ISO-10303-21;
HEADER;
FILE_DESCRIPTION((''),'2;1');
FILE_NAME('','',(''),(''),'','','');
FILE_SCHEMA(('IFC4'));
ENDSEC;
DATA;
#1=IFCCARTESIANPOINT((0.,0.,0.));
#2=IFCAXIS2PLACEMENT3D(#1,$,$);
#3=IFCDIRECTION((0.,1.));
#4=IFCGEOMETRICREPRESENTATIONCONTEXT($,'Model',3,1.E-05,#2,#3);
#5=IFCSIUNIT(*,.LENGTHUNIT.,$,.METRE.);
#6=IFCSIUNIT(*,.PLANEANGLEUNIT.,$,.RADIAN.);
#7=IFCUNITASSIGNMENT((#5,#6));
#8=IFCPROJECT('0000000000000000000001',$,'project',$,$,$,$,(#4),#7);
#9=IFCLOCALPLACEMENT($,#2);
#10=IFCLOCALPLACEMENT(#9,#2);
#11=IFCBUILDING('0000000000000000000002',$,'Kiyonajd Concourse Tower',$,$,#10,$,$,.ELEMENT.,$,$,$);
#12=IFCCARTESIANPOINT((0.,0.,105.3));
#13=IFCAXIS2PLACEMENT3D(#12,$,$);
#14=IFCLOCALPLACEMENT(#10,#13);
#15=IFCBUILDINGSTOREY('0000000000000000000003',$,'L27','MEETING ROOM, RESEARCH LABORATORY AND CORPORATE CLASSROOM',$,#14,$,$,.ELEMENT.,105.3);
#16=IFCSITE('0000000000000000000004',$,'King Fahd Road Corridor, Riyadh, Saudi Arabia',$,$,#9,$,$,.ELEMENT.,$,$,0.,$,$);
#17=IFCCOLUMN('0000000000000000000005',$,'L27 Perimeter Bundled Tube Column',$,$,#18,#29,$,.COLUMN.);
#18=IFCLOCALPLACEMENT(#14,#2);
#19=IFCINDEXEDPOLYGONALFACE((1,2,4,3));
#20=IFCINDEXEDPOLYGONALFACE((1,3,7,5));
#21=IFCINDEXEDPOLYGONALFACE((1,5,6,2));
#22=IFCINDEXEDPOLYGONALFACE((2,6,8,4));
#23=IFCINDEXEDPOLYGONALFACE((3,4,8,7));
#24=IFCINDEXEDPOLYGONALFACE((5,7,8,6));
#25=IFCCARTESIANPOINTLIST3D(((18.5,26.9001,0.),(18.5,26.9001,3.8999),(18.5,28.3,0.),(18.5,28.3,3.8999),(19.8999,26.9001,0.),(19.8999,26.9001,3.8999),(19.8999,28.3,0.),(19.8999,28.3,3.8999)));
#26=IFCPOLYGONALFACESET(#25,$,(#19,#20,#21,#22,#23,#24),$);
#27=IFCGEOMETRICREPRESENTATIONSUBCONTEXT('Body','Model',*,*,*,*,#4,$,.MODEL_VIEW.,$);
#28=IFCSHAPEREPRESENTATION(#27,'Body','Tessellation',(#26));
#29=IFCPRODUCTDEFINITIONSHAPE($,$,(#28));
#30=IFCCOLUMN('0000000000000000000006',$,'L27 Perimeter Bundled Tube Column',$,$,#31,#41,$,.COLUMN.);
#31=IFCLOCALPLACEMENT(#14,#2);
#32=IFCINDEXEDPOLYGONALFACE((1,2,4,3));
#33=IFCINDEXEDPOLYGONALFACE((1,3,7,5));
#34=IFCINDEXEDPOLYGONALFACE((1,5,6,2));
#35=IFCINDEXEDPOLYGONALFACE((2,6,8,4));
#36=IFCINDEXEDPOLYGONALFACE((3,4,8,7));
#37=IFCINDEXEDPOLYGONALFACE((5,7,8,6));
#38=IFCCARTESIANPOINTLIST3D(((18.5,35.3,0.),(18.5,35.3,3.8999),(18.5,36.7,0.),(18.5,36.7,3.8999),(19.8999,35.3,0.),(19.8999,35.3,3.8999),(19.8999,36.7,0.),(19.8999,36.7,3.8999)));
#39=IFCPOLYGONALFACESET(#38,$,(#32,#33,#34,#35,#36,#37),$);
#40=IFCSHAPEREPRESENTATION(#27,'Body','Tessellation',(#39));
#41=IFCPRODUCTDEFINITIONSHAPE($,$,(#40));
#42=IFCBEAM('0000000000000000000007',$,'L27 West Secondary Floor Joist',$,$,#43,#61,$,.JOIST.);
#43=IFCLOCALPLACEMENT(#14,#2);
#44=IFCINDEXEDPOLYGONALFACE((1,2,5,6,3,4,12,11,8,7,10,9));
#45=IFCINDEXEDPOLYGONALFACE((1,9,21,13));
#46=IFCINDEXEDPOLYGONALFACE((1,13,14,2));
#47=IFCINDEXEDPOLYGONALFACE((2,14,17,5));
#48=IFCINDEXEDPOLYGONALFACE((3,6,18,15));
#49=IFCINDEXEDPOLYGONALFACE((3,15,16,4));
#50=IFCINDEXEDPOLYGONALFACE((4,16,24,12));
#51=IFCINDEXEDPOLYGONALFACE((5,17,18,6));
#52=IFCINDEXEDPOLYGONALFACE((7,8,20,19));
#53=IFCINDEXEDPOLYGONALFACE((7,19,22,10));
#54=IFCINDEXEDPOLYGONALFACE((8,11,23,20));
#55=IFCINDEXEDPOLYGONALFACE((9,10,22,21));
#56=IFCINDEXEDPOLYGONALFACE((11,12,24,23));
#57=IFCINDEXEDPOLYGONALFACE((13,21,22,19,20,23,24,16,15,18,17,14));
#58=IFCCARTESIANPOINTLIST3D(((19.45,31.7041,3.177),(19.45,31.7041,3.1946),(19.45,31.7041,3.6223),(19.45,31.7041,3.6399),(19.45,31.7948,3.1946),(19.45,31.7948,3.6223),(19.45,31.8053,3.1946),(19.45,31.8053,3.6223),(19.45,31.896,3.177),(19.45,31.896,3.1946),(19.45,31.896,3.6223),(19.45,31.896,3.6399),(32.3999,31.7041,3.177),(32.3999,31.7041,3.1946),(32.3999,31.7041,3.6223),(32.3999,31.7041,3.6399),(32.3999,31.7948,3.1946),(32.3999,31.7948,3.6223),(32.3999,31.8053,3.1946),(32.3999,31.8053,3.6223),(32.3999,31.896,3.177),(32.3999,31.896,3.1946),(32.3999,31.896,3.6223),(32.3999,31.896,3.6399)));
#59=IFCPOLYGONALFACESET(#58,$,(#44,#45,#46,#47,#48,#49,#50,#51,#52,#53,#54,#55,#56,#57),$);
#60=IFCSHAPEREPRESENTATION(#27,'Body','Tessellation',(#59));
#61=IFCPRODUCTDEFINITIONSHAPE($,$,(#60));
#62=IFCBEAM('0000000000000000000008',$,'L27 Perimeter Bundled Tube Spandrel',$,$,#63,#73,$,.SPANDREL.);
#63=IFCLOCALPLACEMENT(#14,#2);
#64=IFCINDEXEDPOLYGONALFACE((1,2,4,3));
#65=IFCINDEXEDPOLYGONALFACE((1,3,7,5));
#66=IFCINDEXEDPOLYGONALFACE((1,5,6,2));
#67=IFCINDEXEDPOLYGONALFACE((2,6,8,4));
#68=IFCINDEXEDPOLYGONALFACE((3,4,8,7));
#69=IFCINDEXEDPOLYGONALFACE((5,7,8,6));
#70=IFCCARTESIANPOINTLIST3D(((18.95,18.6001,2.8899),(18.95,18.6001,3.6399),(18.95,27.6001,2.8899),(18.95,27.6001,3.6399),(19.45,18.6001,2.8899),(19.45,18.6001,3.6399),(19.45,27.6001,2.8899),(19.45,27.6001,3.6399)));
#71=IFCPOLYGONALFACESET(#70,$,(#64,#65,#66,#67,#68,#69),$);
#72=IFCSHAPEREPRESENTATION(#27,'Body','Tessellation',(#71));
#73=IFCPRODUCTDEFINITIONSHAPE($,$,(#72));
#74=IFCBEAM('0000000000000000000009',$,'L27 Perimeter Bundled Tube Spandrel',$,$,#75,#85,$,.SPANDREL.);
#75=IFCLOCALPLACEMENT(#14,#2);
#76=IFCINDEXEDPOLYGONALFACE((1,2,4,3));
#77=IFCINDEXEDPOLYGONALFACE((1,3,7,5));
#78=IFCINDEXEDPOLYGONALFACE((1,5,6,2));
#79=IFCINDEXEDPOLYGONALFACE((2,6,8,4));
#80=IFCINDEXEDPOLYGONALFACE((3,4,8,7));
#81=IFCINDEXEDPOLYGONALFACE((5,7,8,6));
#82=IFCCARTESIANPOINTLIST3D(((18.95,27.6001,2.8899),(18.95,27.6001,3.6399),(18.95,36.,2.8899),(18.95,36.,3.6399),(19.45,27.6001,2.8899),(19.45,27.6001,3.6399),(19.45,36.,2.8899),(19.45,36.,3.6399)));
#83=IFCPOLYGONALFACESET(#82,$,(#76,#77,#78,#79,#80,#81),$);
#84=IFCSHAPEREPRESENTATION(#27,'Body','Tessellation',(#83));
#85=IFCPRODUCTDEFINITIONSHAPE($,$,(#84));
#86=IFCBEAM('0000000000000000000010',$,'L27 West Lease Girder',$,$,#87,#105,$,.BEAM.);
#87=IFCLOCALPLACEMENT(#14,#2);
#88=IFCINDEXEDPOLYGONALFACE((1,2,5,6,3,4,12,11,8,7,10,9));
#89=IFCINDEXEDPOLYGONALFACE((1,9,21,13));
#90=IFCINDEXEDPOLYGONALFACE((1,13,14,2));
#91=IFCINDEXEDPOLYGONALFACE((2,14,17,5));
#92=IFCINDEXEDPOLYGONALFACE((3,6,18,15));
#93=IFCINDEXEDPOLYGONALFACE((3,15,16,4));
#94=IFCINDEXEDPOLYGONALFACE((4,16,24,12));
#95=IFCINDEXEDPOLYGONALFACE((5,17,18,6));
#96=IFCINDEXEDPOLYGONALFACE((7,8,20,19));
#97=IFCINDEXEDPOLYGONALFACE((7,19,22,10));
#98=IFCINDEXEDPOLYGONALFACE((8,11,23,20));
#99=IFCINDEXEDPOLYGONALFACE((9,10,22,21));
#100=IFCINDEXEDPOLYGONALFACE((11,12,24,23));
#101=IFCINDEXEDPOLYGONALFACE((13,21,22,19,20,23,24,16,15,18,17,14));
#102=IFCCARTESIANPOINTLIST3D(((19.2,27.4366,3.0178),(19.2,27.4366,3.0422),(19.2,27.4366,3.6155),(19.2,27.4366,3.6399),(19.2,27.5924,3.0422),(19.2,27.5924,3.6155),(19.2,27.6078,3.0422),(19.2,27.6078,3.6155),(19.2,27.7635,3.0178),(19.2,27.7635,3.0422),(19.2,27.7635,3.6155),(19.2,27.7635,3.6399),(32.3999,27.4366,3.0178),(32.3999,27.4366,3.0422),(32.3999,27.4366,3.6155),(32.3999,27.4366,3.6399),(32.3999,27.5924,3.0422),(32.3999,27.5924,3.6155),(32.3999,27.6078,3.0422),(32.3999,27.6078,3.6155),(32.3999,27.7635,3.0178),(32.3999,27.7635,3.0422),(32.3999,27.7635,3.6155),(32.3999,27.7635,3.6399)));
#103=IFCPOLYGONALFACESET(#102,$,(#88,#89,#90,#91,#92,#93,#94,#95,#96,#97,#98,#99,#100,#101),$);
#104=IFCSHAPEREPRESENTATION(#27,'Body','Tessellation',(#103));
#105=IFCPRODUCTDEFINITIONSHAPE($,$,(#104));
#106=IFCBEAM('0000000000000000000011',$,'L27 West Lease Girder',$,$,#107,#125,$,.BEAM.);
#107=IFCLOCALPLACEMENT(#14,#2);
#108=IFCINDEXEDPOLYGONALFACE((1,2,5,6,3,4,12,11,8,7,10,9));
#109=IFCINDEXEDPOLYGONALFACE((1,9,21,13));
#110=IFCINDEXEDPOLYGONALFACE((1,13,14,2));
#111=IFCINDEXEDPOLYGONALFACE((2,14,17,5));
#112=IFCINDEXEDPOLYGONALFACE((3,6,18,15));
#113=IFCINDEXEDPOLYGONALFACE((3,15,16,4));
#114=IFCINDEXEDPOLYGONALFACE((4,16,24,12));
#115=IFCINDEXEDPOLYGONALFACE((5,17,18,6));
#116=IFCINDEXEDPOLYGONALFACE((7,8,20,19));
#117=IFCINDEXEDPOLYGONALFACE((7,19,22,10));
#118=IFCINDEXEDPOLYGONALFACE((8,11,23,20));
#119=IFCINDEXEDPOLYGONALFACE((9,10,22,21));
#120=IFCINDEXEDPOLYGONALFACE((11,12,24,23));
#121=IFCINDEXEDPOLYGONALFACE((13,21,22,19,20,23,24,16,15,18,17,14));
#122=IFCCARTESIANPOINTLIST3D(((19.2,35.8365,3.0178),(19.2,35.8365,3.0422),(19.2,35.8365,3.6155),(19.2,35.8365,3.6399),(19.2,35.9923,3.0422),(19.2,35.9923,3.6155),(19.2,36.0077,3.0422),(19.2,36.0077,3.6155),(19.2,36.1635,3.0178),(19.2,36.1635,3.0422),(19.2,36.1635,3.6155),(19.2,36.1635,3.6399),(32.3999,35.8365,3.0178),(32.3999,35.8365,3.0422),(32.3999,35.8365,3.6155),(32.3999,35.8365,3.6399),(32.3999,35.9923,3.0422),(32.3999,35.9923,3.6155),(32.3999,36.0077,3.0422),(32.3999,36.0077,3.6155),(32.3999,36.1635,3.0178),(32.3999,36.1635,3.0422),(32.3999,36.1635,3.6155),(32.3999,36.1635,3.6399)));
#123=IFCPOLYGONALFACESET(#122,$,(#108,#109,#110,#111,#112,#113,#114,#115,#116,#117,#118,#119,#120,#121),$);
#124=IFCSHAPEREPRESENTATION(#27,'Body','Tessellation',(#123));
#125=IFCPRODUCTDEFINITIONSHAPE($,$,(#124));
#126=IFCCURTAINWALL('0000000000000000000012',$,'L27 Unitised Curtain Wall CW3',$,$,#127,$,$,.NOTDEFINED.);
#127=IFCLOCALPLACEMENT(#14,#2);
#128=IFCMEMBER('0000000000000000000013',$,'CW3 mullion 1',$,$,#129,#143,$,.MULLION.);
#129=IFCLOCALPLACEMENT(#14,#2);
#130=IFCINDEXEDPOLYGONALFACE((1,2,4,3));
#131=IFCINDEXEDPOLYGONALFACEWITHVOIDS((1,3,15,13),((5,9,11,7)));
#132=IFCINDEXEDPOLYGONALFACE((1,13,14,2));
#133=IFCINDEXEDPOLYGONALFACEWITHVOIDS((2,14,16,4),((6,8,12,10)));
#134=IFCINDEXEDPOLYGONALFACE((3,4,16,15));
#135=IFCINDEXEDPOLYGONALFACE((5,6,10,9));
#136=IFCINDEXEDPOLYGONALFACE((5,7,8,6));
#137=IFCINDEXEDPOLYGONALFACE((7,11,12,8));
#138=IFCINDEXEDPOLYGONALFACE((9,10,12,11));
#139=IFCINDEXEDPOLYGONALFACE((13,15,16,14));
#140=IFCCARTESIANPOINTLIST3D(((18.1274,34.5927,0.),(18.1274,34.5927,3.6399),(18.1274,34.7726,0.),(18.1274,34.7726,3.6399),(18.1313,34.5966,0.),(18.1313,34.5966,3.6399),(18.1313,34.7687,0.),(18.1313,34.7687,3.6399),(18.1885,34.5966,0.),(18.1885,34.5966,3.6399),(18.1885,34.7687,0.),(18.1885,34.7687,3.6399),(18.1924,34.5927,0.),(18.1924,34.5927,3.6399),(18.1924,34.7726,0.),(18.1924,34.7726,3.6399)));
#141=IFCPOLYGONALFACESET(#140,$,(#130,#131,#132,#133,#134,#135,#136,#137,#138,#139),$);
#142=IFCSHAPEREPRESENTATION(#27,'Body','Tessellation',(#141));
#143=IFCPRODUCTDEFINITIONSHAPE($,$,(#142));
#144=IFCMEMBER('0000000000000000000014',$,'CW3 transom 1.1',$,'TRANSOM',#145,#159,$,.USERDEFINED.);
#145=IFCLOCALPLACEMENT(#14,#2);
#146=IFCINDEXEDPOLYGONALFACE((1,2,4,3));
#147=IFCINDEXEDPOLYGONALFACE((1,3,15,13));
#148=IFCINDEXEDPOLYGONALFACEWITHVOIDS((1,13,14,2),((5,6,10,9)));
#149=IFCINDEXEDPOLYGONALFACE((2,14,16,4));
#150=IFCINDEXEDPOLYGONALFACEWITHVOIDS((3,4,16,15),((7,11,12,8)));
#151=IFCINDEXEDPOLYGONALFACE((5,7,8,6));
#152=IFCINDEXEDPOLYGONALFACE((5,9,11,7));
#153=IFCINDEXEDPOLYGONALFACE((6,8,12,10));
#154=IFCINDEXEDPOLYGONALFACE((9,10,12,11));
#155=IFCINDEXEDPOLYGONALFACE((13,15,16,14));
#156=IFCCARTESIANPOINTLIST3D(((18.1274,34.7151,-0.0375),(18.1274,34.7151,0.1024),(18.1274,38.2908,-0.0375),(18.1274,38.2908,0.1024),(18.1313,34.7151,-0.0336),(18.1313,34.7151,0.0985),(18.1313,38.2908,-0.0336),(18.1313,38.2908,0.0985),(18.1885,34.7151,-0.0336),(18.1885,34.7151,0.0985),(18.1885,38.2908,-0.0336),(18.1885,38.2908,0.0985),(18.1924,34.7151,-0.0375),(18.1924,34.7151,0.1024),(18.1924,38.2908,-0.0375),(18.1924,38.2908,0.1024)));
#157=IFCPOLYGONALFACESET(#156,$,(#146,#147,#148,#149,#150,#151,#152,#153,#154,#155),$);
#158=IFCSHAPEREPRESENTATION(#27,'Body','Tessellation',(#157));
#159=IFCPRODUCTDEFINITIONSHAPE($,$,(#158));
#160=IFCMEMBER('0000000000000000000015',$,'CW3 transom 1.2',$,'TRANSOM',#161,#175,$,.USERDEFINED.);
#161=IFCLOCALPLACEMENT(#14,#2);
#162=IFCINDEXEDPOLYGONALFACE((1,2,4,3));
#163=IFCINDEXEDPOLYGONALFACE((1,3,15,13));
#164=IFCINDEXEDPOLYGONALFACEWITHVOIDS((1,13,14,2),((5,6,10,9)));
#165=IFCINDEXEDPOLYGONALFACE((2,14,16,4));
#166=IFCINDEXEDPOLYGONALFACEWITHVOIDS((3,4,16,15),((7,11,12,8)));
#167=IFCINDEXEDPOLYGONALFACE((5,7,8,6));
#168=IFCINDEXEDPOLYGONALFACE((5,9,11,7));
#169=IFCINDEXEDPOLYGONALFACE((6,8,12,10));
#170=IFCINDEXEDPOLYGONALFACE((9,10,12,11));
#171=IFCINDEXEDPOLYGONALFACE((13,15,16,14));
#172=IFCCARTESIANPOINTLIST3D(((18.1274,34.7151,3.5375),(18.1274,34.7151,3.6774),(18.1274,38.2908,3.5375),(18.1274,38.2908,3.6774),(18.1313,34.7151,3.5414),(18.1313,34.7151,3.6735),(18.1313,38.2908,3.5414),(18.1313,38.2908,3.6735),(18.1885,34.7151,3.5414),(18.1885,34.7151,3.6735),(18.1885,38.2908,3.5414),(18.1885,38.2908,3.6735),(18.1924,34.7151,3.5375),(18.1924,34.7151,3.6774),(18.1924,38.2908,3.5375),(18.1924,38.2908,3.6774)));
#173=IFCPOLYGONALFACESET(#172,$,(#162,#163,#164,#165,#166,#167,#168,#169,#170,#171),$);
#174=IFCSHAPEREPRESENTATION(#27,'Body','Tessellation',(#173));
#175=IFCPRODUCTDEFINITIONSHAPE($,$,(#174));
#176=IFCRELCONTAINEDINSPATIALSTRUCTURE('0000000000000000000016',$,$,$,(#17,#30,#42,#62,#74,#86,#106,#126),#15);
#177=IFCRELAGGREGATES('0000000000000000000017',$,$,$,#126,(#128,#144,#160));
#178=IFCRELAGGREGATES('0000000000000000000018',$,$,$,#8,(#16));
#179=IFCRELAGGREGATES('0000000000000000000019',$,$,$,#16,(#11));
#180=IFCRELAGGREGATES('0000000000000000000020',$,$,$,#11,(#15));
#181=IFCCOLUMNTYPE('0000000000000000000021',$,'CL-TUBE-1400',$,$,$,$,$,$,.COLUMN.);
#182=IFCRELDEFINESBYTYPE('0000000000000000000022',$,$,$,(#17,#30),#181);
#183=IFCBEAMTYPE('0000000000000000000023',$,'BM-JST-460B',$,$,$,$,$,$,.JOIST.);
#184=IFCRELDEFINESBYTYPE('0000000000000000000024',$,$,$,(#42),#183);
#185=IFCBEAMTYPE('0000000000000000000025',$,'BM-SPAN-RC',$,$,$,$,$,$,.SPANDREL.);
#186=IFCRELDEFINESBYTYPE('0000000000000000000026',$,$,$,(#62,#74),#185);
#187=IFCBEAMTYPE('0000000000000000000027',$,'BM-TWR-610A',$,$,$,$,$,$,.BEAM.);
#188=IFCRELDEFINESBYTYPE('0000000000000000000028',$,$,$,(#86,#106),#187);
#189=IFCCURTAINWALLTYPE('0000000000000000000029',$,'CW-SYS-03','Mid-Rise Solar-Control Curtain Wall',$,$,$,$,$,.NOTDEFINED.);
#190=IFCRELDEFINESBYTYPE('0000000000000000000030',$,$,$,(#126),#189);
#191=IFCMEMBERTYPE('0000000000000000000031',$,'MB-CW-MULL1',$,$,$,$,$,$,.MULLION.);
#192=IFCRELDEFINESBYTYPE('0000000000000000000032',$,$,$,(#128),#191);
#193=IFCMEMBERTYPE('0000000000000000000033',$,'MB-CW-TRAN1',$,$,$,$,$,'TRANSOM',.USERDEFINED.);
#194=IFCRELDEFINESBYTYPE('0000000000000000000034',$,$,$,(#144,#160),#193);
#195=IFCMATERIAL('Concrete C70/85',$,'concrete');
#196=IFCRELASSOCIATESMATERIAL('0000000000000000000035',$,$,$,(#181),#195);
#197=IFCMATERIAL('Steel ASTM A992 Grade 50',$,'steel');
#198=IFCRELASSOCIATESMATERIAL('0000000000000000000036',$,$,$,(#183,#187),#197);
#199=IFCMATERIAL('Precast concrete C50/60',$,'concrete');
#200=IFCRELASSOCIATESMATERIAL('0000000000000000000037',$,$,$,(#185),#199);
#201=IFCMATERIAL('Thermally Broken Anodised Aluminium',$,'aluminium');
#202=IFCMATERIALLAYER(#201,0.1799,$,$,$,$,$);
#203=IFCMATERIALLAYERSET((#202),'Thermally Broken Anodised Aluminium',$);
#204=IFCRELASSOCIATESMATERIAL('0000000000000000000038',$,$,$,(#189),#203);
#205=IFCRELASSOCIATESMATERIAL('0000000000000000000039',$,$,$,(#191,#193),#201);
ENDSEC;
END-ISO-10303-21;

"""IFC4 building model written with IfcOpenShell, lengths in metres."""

from ifc_helpers import new_model, si_unit, direction, frame, origin, origin_2d, place, context, subcontext, project, spatial, rectangle, hollow_rectangle, i_section, extrude, material, layer, layer_set, material_profile, profile_set, type_object, element, aggregate, save


model = new_model("IFC4")

# Units and contexts
model_context = context("Model", 3, precision=1e-05, world=origin(), true_north=direction((0.0, 1.0)))
body_context = subcontext(model_context, "Body", "Model", "MODEL_VIEW")
ifc_project = project(units=[si_unit("LENGTHUNIT", "METRE"), si_unit("PLANEANGLEUNIT", "RADIAN")], contexts=[model_context])

# Site, building, storey
site_placement = place(None, origin())
site = spatial("IfcSite", under=ifc_project, at=site_placement, Name="King Fahd Road Corridor, Riyadh, Saudi Arabia", CompositionType="ELEMENT", RefElevation=0.0)
building_placement = place(site_placement, origin())
building = spatial("IfcBuilding", under=site, at=building_placement, Name="Kiyonajd Concourse Tower", CompositionType="ELEMENT")
storey_placement = place(building_placement, frame((0.0, 0.0, 105.3)))
storey = spatial("IfcBuildingStorey", under=building, at=storey_placement, Name="L27", Description="MEETING ROOM, RESEARCH LABORATORY AND CORPORATE CLASSROOM", CompositionType="ELEMENT", Elevation=105.3)

# Columns
ifc_material_1 = material(Name="Concrete C70/85", Category="concrete")
ifc_material_profile_1 = material_profile(ifc_material_1, rectangle(XDim=1.3999, YDim=1.3999, at=origin_2d()), Name="RC-1400x1400")
ifc_profile_set_1 = profile_set([ifc_material_profile_1], Name="Concrete C70/85")
column_type = type_object("IfcColumnType", Name="CL-TUBE-1400", PredefinedType="COLUMN", material=ifc_profile_set_1)
for number, where, z_axis, x_axis, name in (
    (1, (19.2, 27.6001, 0.0), (0.0, 0.0, 1.0), (1.0, 0.0, 0.0), "L27 Perimeter Bundled Tube Column"),
    (2, (19.2, 36.0, 0.0), (0.0, 0.0, 1.0), (1.0, 0.0, 0.0), "L27 Perimeter Bundled Tube Column"),
):
    element("IfcColumn", number, at=place(storey_placement, frame(where, z_axis=z_axis, x_axis=x_axis)), inside=storey, type_object=column_type, Name=name, PredefinedType="COLUMN", context=body_context, shape_type="SweptSolid", body=[
        extrude(rectangle(XDim=1.3999, YDim=1.3999, at=origin_2d()), origin(), (0.0, 0.0, 1.0), 3.8999),
    ])

# Beams
ifc_material_2 = material(Name="Steel ASTM A992 Grade 50", Category="steel")
ifc_material_profile_2 = material_profile(ifc_material_2, i_section(OverallWidth=0.1919, OverallDepth=0.4629, WebThickness=0.0105, FlangeThickness=0.0176, at=origin_2d()), Name="W460X89")
ifc_profile_set_2 = profile_set([ifc_material_profile_2], Name="Steel ASTM A992 Grade 50")
beam_type_1 = type_object("IfcBeamType", Name="BM-JST-460B", PredefinedType="JOIST", material=ifc_profile_set_2)
beam_1_placement = place(storey_placement, frame((19.45, 31.8, 3.4084), z_axis=(1.0, 0.0, 0.0), x_axis=(0.0, 1.0, 0.0)))
element("IfcBeam", 3, at=beam_1_placement, inside=storey, type_object=beam_type_1, Name="L27 West Secondary Floor Joist", PredefinedType="JOIST", context=body_context, shape_type="SweptSolid", body=[
    extrude(i_section(OverallWidth=0.1919, OverallDepth=0.4629, WebThickness=0.0105, FlangeThickness=0.0176, at=origin_2d()), origin(), (0.0, 0.0, 1.0), 12.95),
])
ifc_material_3 = material(Name="Precast concrete C50/60", Category="concrete")
ifc_material_profile_3 = material_profile(ifc_material_3, rectangle(XDim=0.5, YDim=0.75, at=origin_2d()), Name="RCBM-500x750")
ifc_profile_set_3 = profile_set([ifc_material_profile_3], Name="Precast concrete C50/60")
beam_type_2 = type_object("IfcBeamType", Name="BM-SPAN-RC", PredefinedType="SPANDREL", material=ifc_profile_set_3)
beam_2_placement = place(storey_placement, frame((19.2, 27.6001, 3.2649), z_axis=(0.0, -1.0, 0.0), x_axis=(1.0, 0.0, 0.0)))
element("IfcBeam", 4, at=beam_2_placement, inside=storey, type_object=beam_type_2, Name="L27 Perimeter Bundled Tube Spandrel", PredefinedType="SPANDREL", context=body_context, shape_type="SweptSolid", body=[
    extrude(rectangle(XDim=0.5, YDim=0.75, at=origin_2d()), origin(), (0.0, 0.0, 1.0), 9.0),
])
beam_3_placement = place(storey_placement, frame((19.2, 36.0, 3.2649), z_axis=(0.0, -1.0, 0.0), x_axis=(1.0, 0.0, 0.0)))
element("IfcBeam", 5, at=beam_3_placement, inside=storey, type_object=beam_type_2, Name="L27 Perimeter Bundled Tube Spandrel", PredefinedType="SPANDREL", context=body_context, shape_type="SweptSolid", body=[
    extrude(rectangle(XDim=0.5, YDim=0.75, at=origin_2d()), origin(), (0.0, 0.0, 1.0), 8.3999),
])
ifc_material_profile_4 = material_profile(ifc_material_2, i_section(OverallWidth=0.3269, OverallDepth=0.6221, WebThickness=0.0154, FlangeThickness=0.0244, at=origin_2d()), Name="W610X195")
ifc_profile_set_4 = profile_set([ifc_material_profile_4], Name="Steel ASTM A992 Grade 50")
beam_type_3 = type_object("IfcBeamType", Name="BM-TWR-610A", PredefinedType="BEAM", material=ifc_profile_set_4)
for number, where, z_axis, x_axis, name in (
    (6, (19.2, 27.6001, 3.3289), (1.0, 0.0, 0.0), (0.0, 1.0, 0.0), "L27 West Lease Girder"),
    (7, (19.2, 36.0, 3.3289), (1.0, 0.0, 0.0), (0.0, 1.0, 0.0), "L27 West Lease Girder"),
):
    element("IfcBeam", number, at=place(storey_placement, frame(where, z_axis=z_axis, x_axis=x_axis)), inside=storey, type_object=beam_type_3, Name=name, PredefinedType="BEAM", context=body_context, shape_type="SweptSolid", body=[
        extrude(i_section(OverallWidth=0.3269, OverallDepth=0.6221, WebThickness=0.0154, FlangeThickness=0.0244, at=origin_2d()), origin(), (0.0, 0.0, 1.0), 13.2),
    ])

# Curtain wall, members
ifc_material_4 = material(Name="Thermally Broken Anodised Aluminium", Category="aluminium")
ifc_layer_1 = layer(ifc_material_4, 0.1799)
ifc_layer_set_1 = layer_set([ifc_layer_1], Name="Thermally Broken Anodised Aluminium")
curtain_wall_type = type_object("IfcCurtainWallType", Name="CW-SYS-03", Description="Mid-Rise Solar-Control Curtain Wall", PredefinedType="NOTDEFINED", material=ifc_layer_set_1)
curtain_wall_placement = place(storey_placement, origin())
curtain_wall = element("IfcCurtainWall", 8, at=curtain_wall_placement, inside=storey, type_object=curtain_wall_type, Name="L27 Unitised Curtain Wall CW3", PredefinedType="NOTDEFINED")
ifc_material_profile_5 = material_profile(ifc_material_4, hollow_rectangle(XDim=0.0649, YDim=0.1799, WallThickness=0.0039, at=origin_2d()), Name="MULL-65x180")
ifc_profile_set_5 = profile_set([ifc_material_profile_5], Name="Thermally Broken Anodised Aluminium")
member_type_1 = type_object("IfcMemberType", Name="MB-CW-MULL1", PredefinedType="MULLION", material=ifc_profile_set_5)
member_1_placement = place(storey_placement, frame((18.1599, 34.6826, 0.0), z_axis=(0.0, 0.0, 1.0), x_axis=(-1.0, 0.0, 0.0)))
member_1 = element("IfcMember", 9, at=member_1_placement, type_object=member_type_1, Name="CW3 mullion 1", PredefinedType="MULLION", context=body_context, shape_type="SweptSolid", body=[
    extrude(hollow_rectangle(XDim=0.0649, YDim=0.1799, WallThickness=0.0039, at=origin_2d()), origin(), (0.0, 0.0, 1.0), 3.6399),
])
ifc_material_profile_6 = material_profile(ifc_material_4, hollow_rectangle(XDim=0.0649, YDim=0.1399, WallThickness=0.0039, at=origin_2d()), Name="TRAN-65x140")
ifc_profile_set_6 = profile_set([ifc_material_profile_6], Name="Thermally Broken Anodised Aluminium")
member_type_2 = type_object("IfcMemberType", Name="MB-CW-TRAN1", ElementType="TRANSOM", PredefinedType="USERDEFINED", material=ifc_profile_set_6)
member_2_placement = place(storey_placement, frame((18.1599, 34.7151, 0.0325), z_axis=(0.0, 1.0, 0.0), x_axis=(-1.0, 0.0, 0.0)))
member_2 = element("IfcMember", 10, at=member_2_placement, type_object=member_type_2, Name="CW3 transom 1.1", ObjectType="TRANSOM", PredefinedType="USERDEFINED", context=body_context, shape_type="SweptSolid", body=[
    extrude(hollow_rectangle(XDim=0.0649, YDim=0.1399, WallThickness=0.0039, at=origin_2d()), origin(), (0.0, 0.0, 1.0), 3.5757),
])
member_3_placement = place(storey_placement, frame((18.1599, 34.7151, 3.6074), z_axis=(0.0, 1.0, 0.0), x_axis=(-1.0, 0.0, 0.0)))
member_3 = element("IfcMember", 11, at=member_3_placement, type_object=member_type_2, Name="CW3 transom 1.2", ObjectType="TRANSOM", PredefinedType="USERDEFINED", context=body_context, shape_type="SweptSolid", body=[
    extrude(hollow_rectangle(XDim=0.0649, YDim=0.1399, WallThickness=0.0039, at=origin_2d()), origin(), (0.0, 0.0, 1.0), 3.5757),
])

aggregate(curtain_wall, [member_1, member_2, member_3])

save(model, "model.ifc")
